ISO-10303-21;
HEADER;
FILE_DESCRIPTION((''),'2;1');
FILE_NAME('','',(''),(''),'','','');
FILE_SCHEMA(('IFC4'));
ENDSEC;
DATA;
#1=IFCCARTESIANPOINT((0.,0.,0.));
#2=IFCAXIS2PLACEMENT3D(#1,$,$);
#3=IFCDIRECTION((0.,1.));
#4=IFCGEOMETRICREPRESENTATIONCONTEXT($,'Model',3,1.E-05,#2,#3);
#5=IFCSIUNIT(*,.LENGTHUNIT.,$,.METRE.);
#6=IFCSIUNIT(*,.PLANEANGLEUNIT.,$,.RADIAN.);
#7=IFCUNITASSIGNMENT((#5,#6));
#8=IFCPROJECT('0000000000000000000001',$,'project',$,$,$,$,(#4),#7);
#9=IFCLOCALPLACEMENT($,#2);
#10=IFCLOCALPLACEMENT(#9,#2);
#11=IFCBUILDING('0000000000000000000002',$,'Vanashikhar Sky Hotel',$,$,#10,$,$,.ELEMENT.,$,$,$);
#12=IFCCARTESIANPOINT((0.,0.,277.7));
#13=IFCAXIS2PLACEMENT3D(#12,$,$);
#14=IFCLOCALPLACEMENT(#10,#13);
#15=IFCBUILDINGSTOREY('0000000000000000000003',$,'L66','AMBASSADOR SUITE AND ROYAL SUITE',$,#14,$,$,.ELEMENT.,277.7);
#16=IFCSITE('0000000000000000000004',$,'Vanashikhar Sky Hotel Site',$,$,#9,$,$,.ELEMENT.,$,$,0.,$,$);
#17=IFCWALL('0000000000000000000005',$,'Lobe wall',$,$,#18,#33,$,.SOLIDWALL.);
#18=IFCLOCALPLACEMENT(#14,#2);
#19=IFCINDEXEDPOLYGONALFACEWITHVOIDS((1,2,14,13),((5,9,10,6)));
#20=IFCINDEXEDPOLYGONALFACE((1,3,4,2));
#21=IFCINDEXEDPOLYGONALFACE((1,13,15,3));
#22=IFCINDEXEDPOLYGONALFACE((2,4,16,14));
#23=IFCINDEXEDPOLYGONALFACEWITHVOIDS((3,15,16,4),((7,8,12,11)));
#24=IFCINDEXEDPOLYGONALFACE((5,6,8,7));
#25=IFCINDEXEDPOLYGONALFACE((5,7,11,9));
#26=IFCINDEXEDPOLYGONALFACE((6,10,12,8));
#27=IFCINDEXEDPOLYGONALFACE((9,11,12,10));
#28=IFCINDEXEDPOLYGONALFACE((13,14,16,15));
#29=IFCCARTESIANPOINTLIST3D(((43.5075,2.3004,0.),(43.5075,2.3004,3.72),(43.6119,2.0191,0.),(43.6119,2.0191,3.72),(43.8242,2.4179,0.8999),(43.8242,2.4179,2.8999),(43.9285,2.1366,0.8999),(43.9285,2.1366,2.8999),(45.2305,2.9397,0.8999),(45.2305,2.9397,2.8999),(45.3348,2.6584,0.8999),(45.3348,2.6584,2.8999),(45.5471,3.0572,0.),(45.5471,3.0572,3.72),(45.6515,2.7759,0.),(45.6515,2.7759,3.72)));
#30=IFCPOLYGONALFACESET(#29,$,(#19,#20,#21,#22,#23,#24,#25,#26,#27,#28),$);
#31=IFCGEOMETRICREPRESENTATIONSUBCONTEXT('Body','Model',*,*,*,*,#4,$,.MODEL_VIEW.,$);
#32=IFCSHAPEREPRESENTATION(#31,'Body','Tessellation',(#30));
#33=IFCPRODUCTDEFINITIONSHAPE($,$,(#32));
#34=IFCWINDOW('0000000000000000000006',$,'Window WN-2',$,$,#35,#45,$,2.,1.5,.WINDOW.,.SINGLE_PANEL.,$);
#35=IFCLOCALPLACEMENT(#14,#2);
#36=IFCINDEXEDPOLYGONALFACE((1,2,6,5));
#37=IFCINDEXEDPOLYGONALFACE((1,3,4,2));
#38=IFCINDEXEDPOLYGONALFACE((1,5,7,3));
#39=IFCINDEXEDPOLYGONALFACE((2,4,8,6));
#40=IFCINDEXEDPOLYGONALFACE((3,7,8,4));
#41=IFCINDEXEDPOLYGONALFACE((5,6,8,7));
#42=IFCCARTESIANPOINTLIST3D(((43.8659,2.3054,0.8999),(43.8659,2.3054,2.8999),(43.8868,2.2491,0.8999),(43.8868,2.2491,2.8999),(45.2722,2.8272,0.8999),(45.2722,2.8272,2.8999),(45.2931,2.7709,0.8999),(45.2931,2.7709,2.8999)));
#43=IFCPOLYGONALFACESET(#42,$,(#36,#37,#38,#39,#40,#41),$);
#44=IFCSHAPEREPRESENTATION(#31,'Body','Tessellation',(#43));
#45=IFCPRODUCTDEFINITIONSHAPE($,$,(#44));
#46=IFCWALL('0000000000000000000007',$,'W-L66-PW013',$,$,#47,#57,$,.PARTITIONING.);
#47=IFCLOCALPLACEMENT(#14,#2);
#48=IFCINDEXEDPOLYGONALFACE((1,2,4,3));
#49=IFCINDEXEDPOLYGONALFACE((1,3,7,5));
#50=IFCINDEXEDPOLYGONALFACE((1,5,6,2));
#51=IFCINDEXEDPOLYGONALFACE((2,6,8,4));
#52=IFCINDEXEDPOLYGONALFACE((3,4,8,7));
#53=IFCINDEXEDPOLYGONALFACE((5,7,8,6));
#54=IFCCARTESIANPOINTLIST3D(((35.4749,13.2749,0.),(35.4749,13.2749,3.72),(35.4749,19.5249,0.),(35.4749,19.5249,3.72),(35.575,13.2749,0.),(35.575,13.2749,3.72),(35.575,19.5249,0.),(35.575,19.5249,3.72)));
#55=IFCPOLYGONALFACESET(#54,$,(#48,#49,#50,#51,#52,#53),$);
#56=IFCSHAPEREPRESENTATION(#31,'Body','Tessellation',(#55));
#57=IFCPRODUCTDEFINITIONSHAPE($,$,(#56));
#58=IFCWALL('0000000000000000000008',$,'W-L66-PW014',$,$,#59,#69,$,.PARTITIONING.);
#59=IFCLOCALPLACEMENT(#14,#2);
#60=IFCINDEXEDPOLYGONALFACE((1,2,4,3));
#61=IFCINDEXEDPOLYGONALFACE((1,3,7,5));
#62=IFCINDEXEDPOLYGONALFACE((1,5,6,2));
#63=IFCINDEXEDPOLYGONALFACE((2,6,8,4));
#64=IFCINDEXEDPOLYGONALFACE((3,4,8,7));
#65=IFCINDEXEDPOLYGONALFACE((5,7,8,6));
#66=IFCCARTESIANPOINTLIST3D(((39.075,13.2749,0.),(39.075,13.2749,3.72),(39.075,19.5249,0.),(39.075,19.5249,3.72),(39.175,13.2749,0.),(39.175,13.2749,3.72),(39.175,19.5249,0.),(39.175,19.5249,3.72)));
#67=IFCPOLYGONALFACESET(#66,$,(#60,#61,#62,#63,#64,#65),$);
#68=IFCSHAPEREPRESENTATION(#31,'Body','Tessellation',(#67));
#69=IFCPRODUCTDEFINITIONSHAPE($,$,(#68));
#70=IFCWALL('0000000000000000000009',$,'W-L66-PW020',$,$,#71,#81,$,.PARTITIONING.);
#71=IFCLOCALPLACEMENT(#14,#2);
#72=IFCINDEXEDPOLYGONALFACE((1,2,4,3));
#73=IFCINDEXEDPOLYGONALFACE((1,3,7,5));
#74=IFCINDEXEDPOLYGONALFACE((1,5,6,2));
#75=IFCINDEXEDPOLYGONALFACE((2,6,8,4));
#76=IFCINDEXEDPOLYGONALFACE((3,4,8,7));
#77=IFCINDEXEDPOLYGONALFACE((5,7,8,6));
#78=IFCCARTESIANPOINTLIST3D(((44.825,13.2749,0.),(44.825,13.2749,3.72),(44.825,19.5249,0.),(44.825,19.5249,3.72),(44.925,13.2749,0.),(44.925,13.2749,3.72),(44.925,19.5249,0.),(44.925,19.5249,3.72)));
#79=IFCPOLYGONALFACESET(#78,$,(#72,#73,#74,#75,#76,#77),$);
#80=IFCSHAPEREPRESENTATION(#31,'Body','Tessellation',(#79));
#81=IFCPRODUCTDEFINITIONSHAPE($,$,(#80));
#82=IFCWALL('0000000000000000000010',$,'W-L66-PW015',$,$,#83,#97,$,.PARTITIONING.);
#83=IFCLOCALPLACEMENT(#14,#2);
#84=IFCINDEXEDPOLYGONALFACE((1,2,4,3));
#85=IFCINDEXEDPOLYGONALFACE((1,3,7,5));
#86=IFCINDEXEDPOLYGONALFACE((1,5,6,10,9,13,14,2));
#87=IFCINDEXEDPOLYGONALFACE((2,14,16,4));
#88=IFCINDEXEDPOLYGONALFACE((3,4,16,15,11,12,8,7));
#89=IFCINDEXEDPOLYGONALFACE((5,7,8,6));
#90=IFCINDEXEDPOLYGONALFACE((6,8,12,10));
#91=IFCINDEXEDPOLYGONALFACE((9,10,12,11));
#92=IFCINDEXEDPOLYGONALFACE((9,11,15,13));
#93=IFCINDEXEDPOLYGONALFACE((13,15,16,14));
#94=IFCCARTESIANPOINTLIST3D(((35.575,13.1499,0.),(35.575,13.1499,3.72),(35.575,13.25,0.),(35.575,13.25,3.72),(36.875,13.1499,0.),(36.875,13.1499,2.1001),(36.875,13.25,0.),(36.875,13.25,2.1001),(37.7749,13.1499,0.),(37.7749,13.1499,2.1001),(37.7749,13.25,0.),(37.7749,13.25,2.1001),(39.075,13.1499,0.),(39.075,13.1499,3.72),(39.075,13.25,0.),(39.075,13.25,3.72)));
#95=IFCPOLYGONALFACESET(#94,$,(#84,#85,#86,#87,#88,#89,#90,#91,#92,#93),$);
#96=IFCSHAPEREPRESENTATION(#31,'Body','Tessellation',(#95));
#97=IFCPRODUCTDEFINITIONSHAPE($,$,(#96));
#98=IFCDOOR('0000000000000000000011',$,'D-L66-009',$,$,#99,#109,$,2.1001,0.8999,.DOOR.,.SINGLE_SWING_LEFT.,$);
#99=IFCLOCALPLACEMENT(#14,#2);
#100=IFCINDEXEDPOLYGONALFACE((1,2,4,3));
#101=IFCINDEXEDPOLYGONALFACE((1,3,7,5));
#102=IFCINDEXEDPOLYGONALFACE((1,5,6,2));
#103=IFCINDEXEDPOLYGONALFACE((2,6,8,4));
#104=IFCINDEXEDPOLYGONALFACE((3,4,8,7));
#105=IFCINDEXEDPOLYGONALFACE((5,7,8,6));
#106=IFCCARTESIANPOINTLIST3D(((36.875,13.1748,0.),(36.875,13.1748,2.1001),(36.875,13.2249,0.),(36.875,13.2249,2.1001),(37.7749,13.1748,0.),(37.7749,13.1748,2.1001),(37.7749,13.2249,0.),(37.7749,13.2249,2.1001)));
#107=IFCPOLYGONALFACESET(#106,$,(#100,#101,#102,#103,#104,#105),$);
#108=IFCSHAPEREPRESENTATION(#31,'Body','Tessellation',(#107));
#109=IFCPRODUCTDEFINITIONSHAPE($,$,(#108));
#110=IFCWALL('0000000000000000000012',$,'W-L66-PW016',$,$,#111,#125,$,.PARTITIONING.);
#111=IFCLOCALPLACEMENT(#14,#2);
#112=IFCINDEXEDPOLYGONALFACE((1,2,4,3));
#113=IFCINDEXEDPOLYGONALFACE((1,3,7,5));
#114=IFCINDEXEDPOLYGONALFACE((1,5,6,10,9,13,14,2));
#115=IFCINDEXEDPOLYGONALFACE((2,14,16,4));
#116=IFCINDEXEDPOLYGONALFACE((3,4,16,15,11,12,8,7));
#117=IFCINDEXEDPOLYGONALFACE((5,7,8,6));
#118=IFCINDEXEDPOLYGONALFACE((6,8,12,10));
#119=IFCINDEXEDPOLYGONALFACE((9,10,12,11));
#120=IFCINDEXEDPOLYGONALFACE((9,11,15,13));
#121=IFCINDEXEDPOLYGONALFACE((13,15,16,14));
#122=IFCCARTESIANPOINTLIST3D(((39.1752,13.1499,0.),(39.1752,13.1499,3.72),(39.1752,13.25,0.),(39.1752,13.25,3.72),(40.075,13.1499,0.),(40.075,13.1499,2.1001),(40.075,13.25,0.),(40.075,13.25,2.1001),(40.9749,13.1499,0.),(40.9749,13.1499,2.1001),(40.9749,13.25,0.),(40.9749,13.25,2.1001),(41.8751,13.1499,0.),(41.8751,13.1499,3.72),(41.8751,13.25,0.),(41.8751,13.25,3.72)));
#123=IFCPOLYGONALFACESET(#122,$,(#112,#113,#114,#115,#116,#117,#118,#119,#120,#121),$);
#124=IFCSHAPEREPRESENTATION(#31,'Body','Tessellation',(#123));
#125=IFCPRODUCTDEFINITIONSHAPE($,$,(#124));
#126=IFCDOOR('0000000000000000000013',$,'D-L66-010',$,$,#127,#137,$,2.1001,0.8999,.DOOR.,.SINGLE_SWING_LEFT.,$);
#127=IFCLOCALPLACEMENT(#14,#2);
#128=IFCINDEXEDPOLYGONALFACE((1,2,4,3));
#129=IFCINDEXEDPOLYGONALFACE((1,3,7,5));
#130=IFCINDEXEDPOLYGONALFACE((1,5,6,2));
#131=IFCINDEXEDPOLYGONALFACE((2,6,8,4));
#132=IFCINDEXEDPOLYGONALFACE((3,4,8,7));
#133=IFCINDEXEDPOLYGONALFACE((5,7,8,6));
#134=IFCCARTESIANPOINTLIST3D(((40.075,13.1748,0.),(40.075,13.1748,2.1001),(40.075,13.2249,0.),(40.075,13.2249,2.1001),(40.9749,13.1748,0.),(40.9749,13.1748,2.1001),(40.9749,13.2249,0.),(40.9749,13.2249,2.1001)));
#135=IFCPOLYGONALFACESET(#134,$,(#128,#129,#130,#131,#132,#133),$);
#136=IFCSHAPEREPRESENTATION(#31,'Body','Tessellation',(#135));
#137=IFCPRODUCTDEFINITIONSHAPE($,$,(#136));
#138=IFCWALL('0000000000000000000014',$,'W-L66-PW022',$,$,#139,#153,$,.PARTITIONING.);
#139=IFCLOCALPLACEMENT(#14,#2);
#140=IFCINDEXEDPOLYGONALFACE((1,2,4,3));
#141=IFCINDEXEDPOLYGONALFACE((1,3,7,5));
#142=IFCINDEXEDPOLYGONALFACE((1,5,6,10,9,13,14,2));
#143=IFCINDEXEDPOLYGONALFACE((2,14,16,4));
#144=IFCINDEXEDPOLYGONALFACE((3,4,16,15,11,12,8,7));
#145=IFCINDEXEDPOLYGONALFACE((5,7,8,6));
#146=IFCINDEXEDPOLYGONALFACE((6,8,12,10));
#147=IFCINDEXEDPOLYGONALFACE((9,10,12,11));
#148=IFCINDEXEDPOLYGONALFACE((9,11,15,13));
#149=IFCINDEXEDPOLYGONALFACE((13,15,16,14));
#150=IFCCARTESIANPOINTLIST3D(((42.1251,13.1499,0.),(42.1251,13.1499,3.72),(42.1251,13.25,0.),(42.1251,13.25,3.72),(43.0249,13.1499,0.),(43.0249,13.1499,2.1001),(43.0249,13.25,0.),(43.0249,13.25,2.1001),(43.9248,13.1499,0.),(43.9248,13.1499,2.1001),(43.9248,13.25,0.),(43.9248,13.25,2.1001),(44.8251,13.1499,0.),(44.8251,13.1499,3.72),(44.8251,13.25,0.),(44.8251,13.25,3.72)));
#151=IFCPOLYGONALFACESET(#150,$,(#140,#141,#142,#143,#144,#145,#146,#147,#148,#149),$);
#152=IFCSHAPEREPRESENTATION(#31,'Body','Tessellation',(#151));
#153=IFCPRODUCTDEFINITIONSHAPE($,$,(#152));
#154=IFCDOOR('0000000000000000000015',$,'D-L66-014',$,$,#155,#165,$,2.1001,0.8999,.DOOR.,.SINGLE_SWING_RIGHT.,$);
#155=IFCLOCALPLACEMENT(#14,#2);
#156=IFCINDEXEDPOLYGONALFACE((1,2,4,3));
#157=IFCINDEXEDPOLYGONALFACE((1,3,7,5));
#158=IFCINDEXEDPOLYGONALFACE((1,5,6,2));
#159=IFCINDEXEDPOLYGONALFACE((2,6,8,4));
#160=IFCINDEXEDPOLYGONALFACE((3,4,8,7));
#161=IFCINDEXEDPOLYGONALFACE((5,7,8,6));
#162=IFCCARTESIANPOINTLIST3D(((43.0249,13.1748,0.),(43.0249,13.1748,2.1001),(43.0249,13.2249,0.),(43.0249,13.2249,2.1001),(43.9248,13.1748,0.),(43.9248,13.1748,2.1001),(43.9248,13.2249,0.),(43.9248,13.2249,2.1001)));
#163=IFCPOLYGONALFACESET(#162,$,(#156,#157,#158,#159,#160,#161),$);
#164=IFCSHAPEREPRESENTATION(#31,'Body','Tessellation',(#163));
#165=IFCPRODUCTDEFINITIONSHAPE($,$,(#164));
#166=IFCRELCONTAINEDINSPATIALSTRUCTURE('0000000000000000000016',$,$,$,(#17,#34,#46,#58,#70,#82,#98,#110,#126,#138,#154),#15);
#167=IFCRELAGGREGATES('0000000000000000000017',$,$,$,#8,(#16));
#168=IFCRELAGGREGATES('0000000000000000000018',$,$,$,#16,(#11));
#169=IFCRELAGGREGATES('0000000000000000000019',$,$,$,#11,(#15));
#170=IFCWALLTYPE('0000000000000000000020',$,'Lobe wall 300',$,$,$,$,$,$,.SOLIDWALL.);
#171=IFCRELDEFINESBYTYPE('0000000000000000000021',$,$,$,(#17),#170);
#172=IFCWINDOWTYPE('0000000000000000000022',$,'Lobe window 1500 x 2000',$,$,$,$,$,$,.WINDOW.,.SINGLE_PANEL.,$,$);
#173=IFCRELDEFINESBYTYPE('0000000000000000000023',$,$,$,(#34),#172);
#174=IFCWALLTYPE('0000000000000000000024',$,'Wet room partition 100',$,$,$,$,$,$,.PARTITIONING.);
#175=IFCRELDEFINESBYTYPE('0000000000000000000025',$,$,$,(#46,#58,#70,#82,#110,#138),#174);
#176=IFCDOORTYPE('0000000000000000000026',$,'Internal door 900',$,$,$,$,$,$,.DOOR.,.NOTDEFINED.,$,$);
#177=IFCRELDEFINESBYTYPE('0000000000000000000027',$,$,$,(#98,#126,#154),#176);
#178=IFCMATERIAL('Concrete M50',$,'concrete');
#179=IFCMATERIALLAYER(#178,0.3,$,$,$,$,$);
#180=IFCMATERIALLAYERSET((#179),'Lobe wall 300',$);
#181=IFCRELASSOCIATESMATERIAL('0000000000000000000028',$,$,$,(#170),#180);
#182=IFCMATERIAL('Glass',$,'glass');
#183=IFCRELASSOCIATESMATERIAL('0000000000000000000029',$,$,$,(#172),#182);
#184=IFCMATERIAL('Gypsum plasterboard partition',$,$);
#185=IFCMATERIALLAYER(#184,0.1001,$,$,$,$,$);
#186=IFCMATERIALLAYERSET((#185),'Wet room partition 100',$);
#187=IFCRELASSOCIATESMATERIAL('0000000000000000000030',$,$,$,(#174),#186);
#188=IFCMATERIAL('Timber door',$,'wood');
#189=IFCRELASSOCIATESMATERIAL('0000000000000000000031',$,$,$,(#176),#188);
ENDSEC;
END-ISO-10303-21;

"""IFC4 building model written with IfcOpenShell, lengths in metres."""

from ifc_helpers import new_model, si_unit, direction, frame, frame_2d, origin, place, context, subcontext, project, spatial, rectangle, extrude, source, transform, mapped, material, layer, layer_set, type_object, element, fill, save


model = new_model("IFC4")

# Units and contexts
model_context = context("Model", 3, precision=1e-05, world=origin(), true_north=direction((0.0, 1.0)))
body_context = subcontext(model_context, "Body", "Model", "MODEL_VIEW")
ifc_project = project(units=[si_unit("LENGTHUNIT", "METRE"), si_unit("PLANEANGLEUNIT", "RADIAN")], contexts=[model_context])

# Site, building, storey
site_placement = place(None, origin())
site = spatial("IfcSite", under=ifc_project, at=site_placement, Name="Vanashikhar Sky Hotel Site", CompositionType="ELEMENT", RefElevation=0.0)
building_placement = place(site_placement, origin())
building = spatial("IfcBuilding", under=site, at=building_placement, Name="Vanashikhar Sky Hotel", CompositionType="ELEMENT")
storey_placement = place(building_placement, frame((0.0, 0.0, 277.7)))
storey = spatial("IfcBuildingStorey", under=building, at=storey_placement, Name="L66", Description="AMBASSADOR SUITE AND ROYAL SUITE", CompositionType="ELEMENT", Elevation=277.7)

# Shared definitions
ifc_material_1 = material(Name="Concrete M50", Category="concrete")

# Wall, opening, window
ifc_layer_1 = layer(ifc_material_1, 0.3)
ifc_layer_set_1 = layer_set([ifc_layer_1], Name="Lobe wall 300")
wall_type_1 = type_object("IfcWallType", Name="Lobe wall 300", PredefinedType="SOLIDWALL", material=ifc_layer_set_1)
shared_shape_1 = source(origin(), body_context, "Body", "SweptSolid", [
    extrude(rectangle(XDim=1.5, YDim=2.0, at=frame_2d((0.75, 1.0))), frame((0.0, 0.1602, 0.0), z_axis=(0.0, -1.0, 0.0), x_axis=(1.0, 0.0, 0.0)), (0.0, 0.0, 1.0), 0.3201),
])
ifc_material_2 = material(Name="Glass", Category="glass")
window_type = type_object("IfcWindowType", Name="Lobe window 1500 x 2000", PartitioningType="SINGLE_PANEL", PredefinedType="WINDOW", material=ifc_material_2)
shared_shape_2 = source(origin(), body_context, "Body", "SweptSolid", [
    extrude(rectangle(XDim=1.5, YDim=2.0, at=frame_2d((0.75, 1.0))), frame((0.0, 0.03, 0.0), z_axis=(0.0, -1.0, 0.0), x_axis=(1.0, 0.0, 0.0)), (0.0, 0.0, 1.0), 0.0601),
])
shared_shape_3 = source(origin(), body_context, "Body", "SweptSolid", [
    extrude(rectangle(XDim=2.1755, YDim=0.3, at=frame_2d((1.0879, 0.0))), origin(), (0.0, 0.0, 1.0), 3.72),
])
wall_1_placement = place(storey_placement, frame((43.5596, 2.1597, 0.0), z_axis=(0.0, 0.0, 1.0), x_axis=(0.937532, 0.347899, 0.0)))
wall_1 = element("IfcWall", 1, at=wall_1_placement, inside=storey, type_object=wall_type_1, Name="Lobe wall", PredefinedType="SOLIDWALL", context=body_context, shape_type="MappedRepresentation", body=[
    mapped(shared_shape_3, transform((0.0, 0.0, 0.0), scale=1.0)),
])
opening_1_placement = place(wall_1_placement, frame((0.3379, 0.0, 0.8999)))
opening_1 = element("IfcOpeningElement", 2, at=opening_1_placement, cuts=wall_1, PredefinedType="OPENING", context=body_context, shape_type="MappedRepresentation", body=[
    mapped(shared_shape_1, transform((0.0, 0.0, 0.0), scale=1.0)),
])
window_1_placement = place(opening_1_placement, origin())
window_1 = element("IfcWindow", 3, at=window_1_placement, inside=storey, type_object=window_type, Name="Window WN-2", OverallHeight=2.0, OverallWidth=1.5, PartitioningType="SINGLE_PANEL", PredefinedType="WINDOW", context=body_context, shape_type="MappedRepresentation", body=[
    mapped(shared_shape_2, transform((0.0, 0.0, 0.0), scale=1.0)),
])
fill(opening_1, window_1)

# Walls
ifc_material_3 = material(Name="Gypsum plasterboard partition")
ifc_layer_2 = layer(ifc_material_3, 0.1001)
ifc_layer_set_2 = layer_set([ifc_layer_2], Name="Wet room partition 100")
wall_type_2 = type_object("IfcWallType", Name="Wet room partition 100", PredefinedType="PARTITIONING", material=ifc_layer_set_2)
shared_shape_4 = source(origin(), body_context, "Body", "SweptSolid", [
    extrude(rectangle(XDim=6.25, YDim=0.1001, at=frame_2d((3.125, 0.0))), origin(), (0.0, 0.0, 1.0), 3.72),
])
for number, where, z_axis, x_axis, name in (
    (4, (35.5249, 13.2749, 0.0), (0.0, 0.0, 1.0), (0.0, 1.0, 0.0), "W-L66-PW013"),
    (5, (39.125, 13.2749, 0.0), (0.0, 0.0, 1.0), (0.0, 1.0, 0.0), "W-L66-PW014"),
    (6, (44.875, 13.2749, 0.0), (0.0, 0.0, 1.0), (0.0, 1.0, 0.0), "W-L66-PW020"),
):
    element("IfcWall", number, at=place(storey_placement, frame(where, z_axis=z_axis, x_axis=x_axis)), inside=storey, type_object=wall_type_2, Name=name, PredefinedType="PARTITIONING", context=body_context, shape_type="MappedRepresentation", body=[
        mapped(shared_shape_4, transform((0.0, 0.0, 0.0), scale=1.0)),
    ])

# Walls, openings, doors
shared_shape_5 = source(origin(), body_context, "Body", "SweptSolid", [
    extrude(rectangle(XDim=3.5, YDim=0.1001, at=frame_2d((1.75, 0.0))), origin(), (0.0, 0.0, 1.0), 3.72),
])
wall_2_placement = place(storey_placement, frame((35.575, 13.2, 0.0), z_axis=(0.0, 0.0, 1.0), x_axis=(1.0, 0.0, 0.0)))
wall_2 = element("IfcWall", 7, at=wall_2_placement, inside=storey, type_object=wall_type_2, Name="W-L66-PW015", PredefinedType="PARTITIONING", context=body_context, shape_type="MappedRepresentation", body=[
    mapped(shared_shape_5, transform((0.0, 0.0, 0.0), scale=1.0)),
])
shared_shape_6 = source(origin(), body_context, "Body", "SweptSolid", [
    extrude(rectangle(XDim=0.8999, YDim=2.1001, at=frame_2d((0.45, 1.05))), frame((0.0, 0.0601, 0.0), z_axis=(0.0, -1.0, 0.0), x_axis=(1.0, 0.0, 0.0)), (0.0, 0.0, 1.0), 0.1201),
])
opening_2_placement = place(wall_2_placement, frame((1.3, 0.0, 0.0)))
opening_2 = element("IfcOpeningElement", 8, at=opening_2_placement, cuts=wall_2, PredefinedType="OPENING", context=body_context, shape_type="MappedRepresentation", body=[
    mapped(shared_shape_6, transform((0.0, 0.0, 0.0), scale=1.0)),
])
ifc_material_4 = material(Name="Timber door", Category="wood")
door_type_1 = type_object("IfcDoorType", Name="Internal door 900", OperationType="NOTDEFINED", PredefinedType="DOOR", material=ifc_material_4)
shared_shape_7 = source(origin(), body_context, "Body", "SweptSolid", [
    extrude(rectangle(XDim=0.8999, YDim=2.1001, at=frame_2d((0.45, 1.05))), frame((0.0, 0.0249, 0.0), z_axis=(0.0, -1.0, 0.0), x_axis=(1.0, 0.0, 0.0)), (0.0, 0.0, 1.0), 0.05),
])
door_1_placement = place(opening_2_placement, origin())
door_1 = element("IfcDoor", 9, at=door_1_placement, inside=storey, type_object=door_type_1, Name="D-L66-009", OperationType="SINGLE_SWING_LEFT", OverallHeight=2.1001, OverallWidth=0.8999, PredefinedType="DOOR", context=body_context, shape_type="MappedRepresentation", body=[
    mapped(shared_shape_7, transform((0.0, 0.0, 0.0), scale=1.0)),
])
fill(opening_2, door_1)
shared_shape_8 = source(origin(), body_context, "Body", "SweptSolid", [
    extrude(rectangle(XDim=2.7, YDim=0.1001, at=frame_2d((1.3501, 0.0))), origin(), (0.0, 0.0, 1.0), 3.72),
])
wall_3_placement = place(storey_placement, frame((39.175, 13.2, 0.0), z_axis=(0.0, 0.0, 1.0), x_axis=(1.0, 0.0, 0.0)))
wall_3 = element("IfcWall", 10, at=wall_3_placement, inside=storey, type_object=wall_type_2, Name="W-L66-PW016", PredefinedType="PARTITIONING", context=body_context, shape_type="MappedRepresentation", body=[
    mapped(shared_shape_8, transform((0.0, 0.0, 0.0), scale=1.0)),
])
opening_3_placement = place(wall_3_placement, frame((0.8999, 0.0, 0.0)))
opening_3 = element("IfcOpeningElement", 11, at=opening_3_placement, cuts=wall_3, PredefinedType="OPENING", context=body_context, shape_type="MappedRepresentation", body=[
    mapped(shared_shape_6, transform((0.0, 0.0, 0.0), scale=1.0)),
])
door_2_placement = place(opening_3_placement, origin())
door_2 = element("IfcDoor", 12, at=door_2_placement, inside=storey, type_object=door_type_1, Name="D-L66-010", OperationType="SINGLE_SWING_LEFT", OverallHeight=2.1001, OverallWidth=0.8999, PredefinedType="DOOR", context=body_context, shape_type="MappedRepresentation", body=[
    mapped(shared_shape_7, transform((0.0, 0.0, 0.0), scale=1.0)),
])
fill(opening_3, door_2)
wall_4_placement = place(storey_placement, frame((42.125, 13.2, 0.0), z_axis=(0.0, 0.0, 1.0), x_axis=(1.0, 0.0, 0.0)))
wall_4 = element("IfcWall", 13, at=wall_4_placement, inside=storey, type_object=wall_type_2, Name="W-L66-PW022", PredefinedType="PARTITIONING", context=body_context, shape_type="MappedRepresentation", body=[
    mapped(shared_shape_8, transform((0.0, 0.0, 0.0), scale=1.0)),
])
opening_4_placement = place(wall_4_placement, frame((0.8999, 0.0, 0.0)))
opening_4 = element("IfcOpeningElement", 14, at=opening_4_placement, cuts=wall_4, PredefinedType="OPENING", context=body_context, shape_type="MappedRepresentation", body=[
    mapped(shared_shape_6, transform((0.0, 0.0, 0.0), scale=1.0)),
])
door_3_placement = place(opening_4_placement, origin())
door_3 = element("IfcDoor", 15, at=door_3_placement, inside=storey, type_object=door_type_1, Name="D-L66-014", OperationType="SINGLE_SWING_RIGHT", OverallHeight=2.1001, OverallWidth=0.8999, PredefinedType="DOOR", context=body_context, shape_type="MappedRepresentation", body=[
    mapped(shared_shape_7, transform((0.0, 0.0, 0.0), scale=1.0)),
])
fill(opening_4, door_3)

save(model, "model.ifc")
